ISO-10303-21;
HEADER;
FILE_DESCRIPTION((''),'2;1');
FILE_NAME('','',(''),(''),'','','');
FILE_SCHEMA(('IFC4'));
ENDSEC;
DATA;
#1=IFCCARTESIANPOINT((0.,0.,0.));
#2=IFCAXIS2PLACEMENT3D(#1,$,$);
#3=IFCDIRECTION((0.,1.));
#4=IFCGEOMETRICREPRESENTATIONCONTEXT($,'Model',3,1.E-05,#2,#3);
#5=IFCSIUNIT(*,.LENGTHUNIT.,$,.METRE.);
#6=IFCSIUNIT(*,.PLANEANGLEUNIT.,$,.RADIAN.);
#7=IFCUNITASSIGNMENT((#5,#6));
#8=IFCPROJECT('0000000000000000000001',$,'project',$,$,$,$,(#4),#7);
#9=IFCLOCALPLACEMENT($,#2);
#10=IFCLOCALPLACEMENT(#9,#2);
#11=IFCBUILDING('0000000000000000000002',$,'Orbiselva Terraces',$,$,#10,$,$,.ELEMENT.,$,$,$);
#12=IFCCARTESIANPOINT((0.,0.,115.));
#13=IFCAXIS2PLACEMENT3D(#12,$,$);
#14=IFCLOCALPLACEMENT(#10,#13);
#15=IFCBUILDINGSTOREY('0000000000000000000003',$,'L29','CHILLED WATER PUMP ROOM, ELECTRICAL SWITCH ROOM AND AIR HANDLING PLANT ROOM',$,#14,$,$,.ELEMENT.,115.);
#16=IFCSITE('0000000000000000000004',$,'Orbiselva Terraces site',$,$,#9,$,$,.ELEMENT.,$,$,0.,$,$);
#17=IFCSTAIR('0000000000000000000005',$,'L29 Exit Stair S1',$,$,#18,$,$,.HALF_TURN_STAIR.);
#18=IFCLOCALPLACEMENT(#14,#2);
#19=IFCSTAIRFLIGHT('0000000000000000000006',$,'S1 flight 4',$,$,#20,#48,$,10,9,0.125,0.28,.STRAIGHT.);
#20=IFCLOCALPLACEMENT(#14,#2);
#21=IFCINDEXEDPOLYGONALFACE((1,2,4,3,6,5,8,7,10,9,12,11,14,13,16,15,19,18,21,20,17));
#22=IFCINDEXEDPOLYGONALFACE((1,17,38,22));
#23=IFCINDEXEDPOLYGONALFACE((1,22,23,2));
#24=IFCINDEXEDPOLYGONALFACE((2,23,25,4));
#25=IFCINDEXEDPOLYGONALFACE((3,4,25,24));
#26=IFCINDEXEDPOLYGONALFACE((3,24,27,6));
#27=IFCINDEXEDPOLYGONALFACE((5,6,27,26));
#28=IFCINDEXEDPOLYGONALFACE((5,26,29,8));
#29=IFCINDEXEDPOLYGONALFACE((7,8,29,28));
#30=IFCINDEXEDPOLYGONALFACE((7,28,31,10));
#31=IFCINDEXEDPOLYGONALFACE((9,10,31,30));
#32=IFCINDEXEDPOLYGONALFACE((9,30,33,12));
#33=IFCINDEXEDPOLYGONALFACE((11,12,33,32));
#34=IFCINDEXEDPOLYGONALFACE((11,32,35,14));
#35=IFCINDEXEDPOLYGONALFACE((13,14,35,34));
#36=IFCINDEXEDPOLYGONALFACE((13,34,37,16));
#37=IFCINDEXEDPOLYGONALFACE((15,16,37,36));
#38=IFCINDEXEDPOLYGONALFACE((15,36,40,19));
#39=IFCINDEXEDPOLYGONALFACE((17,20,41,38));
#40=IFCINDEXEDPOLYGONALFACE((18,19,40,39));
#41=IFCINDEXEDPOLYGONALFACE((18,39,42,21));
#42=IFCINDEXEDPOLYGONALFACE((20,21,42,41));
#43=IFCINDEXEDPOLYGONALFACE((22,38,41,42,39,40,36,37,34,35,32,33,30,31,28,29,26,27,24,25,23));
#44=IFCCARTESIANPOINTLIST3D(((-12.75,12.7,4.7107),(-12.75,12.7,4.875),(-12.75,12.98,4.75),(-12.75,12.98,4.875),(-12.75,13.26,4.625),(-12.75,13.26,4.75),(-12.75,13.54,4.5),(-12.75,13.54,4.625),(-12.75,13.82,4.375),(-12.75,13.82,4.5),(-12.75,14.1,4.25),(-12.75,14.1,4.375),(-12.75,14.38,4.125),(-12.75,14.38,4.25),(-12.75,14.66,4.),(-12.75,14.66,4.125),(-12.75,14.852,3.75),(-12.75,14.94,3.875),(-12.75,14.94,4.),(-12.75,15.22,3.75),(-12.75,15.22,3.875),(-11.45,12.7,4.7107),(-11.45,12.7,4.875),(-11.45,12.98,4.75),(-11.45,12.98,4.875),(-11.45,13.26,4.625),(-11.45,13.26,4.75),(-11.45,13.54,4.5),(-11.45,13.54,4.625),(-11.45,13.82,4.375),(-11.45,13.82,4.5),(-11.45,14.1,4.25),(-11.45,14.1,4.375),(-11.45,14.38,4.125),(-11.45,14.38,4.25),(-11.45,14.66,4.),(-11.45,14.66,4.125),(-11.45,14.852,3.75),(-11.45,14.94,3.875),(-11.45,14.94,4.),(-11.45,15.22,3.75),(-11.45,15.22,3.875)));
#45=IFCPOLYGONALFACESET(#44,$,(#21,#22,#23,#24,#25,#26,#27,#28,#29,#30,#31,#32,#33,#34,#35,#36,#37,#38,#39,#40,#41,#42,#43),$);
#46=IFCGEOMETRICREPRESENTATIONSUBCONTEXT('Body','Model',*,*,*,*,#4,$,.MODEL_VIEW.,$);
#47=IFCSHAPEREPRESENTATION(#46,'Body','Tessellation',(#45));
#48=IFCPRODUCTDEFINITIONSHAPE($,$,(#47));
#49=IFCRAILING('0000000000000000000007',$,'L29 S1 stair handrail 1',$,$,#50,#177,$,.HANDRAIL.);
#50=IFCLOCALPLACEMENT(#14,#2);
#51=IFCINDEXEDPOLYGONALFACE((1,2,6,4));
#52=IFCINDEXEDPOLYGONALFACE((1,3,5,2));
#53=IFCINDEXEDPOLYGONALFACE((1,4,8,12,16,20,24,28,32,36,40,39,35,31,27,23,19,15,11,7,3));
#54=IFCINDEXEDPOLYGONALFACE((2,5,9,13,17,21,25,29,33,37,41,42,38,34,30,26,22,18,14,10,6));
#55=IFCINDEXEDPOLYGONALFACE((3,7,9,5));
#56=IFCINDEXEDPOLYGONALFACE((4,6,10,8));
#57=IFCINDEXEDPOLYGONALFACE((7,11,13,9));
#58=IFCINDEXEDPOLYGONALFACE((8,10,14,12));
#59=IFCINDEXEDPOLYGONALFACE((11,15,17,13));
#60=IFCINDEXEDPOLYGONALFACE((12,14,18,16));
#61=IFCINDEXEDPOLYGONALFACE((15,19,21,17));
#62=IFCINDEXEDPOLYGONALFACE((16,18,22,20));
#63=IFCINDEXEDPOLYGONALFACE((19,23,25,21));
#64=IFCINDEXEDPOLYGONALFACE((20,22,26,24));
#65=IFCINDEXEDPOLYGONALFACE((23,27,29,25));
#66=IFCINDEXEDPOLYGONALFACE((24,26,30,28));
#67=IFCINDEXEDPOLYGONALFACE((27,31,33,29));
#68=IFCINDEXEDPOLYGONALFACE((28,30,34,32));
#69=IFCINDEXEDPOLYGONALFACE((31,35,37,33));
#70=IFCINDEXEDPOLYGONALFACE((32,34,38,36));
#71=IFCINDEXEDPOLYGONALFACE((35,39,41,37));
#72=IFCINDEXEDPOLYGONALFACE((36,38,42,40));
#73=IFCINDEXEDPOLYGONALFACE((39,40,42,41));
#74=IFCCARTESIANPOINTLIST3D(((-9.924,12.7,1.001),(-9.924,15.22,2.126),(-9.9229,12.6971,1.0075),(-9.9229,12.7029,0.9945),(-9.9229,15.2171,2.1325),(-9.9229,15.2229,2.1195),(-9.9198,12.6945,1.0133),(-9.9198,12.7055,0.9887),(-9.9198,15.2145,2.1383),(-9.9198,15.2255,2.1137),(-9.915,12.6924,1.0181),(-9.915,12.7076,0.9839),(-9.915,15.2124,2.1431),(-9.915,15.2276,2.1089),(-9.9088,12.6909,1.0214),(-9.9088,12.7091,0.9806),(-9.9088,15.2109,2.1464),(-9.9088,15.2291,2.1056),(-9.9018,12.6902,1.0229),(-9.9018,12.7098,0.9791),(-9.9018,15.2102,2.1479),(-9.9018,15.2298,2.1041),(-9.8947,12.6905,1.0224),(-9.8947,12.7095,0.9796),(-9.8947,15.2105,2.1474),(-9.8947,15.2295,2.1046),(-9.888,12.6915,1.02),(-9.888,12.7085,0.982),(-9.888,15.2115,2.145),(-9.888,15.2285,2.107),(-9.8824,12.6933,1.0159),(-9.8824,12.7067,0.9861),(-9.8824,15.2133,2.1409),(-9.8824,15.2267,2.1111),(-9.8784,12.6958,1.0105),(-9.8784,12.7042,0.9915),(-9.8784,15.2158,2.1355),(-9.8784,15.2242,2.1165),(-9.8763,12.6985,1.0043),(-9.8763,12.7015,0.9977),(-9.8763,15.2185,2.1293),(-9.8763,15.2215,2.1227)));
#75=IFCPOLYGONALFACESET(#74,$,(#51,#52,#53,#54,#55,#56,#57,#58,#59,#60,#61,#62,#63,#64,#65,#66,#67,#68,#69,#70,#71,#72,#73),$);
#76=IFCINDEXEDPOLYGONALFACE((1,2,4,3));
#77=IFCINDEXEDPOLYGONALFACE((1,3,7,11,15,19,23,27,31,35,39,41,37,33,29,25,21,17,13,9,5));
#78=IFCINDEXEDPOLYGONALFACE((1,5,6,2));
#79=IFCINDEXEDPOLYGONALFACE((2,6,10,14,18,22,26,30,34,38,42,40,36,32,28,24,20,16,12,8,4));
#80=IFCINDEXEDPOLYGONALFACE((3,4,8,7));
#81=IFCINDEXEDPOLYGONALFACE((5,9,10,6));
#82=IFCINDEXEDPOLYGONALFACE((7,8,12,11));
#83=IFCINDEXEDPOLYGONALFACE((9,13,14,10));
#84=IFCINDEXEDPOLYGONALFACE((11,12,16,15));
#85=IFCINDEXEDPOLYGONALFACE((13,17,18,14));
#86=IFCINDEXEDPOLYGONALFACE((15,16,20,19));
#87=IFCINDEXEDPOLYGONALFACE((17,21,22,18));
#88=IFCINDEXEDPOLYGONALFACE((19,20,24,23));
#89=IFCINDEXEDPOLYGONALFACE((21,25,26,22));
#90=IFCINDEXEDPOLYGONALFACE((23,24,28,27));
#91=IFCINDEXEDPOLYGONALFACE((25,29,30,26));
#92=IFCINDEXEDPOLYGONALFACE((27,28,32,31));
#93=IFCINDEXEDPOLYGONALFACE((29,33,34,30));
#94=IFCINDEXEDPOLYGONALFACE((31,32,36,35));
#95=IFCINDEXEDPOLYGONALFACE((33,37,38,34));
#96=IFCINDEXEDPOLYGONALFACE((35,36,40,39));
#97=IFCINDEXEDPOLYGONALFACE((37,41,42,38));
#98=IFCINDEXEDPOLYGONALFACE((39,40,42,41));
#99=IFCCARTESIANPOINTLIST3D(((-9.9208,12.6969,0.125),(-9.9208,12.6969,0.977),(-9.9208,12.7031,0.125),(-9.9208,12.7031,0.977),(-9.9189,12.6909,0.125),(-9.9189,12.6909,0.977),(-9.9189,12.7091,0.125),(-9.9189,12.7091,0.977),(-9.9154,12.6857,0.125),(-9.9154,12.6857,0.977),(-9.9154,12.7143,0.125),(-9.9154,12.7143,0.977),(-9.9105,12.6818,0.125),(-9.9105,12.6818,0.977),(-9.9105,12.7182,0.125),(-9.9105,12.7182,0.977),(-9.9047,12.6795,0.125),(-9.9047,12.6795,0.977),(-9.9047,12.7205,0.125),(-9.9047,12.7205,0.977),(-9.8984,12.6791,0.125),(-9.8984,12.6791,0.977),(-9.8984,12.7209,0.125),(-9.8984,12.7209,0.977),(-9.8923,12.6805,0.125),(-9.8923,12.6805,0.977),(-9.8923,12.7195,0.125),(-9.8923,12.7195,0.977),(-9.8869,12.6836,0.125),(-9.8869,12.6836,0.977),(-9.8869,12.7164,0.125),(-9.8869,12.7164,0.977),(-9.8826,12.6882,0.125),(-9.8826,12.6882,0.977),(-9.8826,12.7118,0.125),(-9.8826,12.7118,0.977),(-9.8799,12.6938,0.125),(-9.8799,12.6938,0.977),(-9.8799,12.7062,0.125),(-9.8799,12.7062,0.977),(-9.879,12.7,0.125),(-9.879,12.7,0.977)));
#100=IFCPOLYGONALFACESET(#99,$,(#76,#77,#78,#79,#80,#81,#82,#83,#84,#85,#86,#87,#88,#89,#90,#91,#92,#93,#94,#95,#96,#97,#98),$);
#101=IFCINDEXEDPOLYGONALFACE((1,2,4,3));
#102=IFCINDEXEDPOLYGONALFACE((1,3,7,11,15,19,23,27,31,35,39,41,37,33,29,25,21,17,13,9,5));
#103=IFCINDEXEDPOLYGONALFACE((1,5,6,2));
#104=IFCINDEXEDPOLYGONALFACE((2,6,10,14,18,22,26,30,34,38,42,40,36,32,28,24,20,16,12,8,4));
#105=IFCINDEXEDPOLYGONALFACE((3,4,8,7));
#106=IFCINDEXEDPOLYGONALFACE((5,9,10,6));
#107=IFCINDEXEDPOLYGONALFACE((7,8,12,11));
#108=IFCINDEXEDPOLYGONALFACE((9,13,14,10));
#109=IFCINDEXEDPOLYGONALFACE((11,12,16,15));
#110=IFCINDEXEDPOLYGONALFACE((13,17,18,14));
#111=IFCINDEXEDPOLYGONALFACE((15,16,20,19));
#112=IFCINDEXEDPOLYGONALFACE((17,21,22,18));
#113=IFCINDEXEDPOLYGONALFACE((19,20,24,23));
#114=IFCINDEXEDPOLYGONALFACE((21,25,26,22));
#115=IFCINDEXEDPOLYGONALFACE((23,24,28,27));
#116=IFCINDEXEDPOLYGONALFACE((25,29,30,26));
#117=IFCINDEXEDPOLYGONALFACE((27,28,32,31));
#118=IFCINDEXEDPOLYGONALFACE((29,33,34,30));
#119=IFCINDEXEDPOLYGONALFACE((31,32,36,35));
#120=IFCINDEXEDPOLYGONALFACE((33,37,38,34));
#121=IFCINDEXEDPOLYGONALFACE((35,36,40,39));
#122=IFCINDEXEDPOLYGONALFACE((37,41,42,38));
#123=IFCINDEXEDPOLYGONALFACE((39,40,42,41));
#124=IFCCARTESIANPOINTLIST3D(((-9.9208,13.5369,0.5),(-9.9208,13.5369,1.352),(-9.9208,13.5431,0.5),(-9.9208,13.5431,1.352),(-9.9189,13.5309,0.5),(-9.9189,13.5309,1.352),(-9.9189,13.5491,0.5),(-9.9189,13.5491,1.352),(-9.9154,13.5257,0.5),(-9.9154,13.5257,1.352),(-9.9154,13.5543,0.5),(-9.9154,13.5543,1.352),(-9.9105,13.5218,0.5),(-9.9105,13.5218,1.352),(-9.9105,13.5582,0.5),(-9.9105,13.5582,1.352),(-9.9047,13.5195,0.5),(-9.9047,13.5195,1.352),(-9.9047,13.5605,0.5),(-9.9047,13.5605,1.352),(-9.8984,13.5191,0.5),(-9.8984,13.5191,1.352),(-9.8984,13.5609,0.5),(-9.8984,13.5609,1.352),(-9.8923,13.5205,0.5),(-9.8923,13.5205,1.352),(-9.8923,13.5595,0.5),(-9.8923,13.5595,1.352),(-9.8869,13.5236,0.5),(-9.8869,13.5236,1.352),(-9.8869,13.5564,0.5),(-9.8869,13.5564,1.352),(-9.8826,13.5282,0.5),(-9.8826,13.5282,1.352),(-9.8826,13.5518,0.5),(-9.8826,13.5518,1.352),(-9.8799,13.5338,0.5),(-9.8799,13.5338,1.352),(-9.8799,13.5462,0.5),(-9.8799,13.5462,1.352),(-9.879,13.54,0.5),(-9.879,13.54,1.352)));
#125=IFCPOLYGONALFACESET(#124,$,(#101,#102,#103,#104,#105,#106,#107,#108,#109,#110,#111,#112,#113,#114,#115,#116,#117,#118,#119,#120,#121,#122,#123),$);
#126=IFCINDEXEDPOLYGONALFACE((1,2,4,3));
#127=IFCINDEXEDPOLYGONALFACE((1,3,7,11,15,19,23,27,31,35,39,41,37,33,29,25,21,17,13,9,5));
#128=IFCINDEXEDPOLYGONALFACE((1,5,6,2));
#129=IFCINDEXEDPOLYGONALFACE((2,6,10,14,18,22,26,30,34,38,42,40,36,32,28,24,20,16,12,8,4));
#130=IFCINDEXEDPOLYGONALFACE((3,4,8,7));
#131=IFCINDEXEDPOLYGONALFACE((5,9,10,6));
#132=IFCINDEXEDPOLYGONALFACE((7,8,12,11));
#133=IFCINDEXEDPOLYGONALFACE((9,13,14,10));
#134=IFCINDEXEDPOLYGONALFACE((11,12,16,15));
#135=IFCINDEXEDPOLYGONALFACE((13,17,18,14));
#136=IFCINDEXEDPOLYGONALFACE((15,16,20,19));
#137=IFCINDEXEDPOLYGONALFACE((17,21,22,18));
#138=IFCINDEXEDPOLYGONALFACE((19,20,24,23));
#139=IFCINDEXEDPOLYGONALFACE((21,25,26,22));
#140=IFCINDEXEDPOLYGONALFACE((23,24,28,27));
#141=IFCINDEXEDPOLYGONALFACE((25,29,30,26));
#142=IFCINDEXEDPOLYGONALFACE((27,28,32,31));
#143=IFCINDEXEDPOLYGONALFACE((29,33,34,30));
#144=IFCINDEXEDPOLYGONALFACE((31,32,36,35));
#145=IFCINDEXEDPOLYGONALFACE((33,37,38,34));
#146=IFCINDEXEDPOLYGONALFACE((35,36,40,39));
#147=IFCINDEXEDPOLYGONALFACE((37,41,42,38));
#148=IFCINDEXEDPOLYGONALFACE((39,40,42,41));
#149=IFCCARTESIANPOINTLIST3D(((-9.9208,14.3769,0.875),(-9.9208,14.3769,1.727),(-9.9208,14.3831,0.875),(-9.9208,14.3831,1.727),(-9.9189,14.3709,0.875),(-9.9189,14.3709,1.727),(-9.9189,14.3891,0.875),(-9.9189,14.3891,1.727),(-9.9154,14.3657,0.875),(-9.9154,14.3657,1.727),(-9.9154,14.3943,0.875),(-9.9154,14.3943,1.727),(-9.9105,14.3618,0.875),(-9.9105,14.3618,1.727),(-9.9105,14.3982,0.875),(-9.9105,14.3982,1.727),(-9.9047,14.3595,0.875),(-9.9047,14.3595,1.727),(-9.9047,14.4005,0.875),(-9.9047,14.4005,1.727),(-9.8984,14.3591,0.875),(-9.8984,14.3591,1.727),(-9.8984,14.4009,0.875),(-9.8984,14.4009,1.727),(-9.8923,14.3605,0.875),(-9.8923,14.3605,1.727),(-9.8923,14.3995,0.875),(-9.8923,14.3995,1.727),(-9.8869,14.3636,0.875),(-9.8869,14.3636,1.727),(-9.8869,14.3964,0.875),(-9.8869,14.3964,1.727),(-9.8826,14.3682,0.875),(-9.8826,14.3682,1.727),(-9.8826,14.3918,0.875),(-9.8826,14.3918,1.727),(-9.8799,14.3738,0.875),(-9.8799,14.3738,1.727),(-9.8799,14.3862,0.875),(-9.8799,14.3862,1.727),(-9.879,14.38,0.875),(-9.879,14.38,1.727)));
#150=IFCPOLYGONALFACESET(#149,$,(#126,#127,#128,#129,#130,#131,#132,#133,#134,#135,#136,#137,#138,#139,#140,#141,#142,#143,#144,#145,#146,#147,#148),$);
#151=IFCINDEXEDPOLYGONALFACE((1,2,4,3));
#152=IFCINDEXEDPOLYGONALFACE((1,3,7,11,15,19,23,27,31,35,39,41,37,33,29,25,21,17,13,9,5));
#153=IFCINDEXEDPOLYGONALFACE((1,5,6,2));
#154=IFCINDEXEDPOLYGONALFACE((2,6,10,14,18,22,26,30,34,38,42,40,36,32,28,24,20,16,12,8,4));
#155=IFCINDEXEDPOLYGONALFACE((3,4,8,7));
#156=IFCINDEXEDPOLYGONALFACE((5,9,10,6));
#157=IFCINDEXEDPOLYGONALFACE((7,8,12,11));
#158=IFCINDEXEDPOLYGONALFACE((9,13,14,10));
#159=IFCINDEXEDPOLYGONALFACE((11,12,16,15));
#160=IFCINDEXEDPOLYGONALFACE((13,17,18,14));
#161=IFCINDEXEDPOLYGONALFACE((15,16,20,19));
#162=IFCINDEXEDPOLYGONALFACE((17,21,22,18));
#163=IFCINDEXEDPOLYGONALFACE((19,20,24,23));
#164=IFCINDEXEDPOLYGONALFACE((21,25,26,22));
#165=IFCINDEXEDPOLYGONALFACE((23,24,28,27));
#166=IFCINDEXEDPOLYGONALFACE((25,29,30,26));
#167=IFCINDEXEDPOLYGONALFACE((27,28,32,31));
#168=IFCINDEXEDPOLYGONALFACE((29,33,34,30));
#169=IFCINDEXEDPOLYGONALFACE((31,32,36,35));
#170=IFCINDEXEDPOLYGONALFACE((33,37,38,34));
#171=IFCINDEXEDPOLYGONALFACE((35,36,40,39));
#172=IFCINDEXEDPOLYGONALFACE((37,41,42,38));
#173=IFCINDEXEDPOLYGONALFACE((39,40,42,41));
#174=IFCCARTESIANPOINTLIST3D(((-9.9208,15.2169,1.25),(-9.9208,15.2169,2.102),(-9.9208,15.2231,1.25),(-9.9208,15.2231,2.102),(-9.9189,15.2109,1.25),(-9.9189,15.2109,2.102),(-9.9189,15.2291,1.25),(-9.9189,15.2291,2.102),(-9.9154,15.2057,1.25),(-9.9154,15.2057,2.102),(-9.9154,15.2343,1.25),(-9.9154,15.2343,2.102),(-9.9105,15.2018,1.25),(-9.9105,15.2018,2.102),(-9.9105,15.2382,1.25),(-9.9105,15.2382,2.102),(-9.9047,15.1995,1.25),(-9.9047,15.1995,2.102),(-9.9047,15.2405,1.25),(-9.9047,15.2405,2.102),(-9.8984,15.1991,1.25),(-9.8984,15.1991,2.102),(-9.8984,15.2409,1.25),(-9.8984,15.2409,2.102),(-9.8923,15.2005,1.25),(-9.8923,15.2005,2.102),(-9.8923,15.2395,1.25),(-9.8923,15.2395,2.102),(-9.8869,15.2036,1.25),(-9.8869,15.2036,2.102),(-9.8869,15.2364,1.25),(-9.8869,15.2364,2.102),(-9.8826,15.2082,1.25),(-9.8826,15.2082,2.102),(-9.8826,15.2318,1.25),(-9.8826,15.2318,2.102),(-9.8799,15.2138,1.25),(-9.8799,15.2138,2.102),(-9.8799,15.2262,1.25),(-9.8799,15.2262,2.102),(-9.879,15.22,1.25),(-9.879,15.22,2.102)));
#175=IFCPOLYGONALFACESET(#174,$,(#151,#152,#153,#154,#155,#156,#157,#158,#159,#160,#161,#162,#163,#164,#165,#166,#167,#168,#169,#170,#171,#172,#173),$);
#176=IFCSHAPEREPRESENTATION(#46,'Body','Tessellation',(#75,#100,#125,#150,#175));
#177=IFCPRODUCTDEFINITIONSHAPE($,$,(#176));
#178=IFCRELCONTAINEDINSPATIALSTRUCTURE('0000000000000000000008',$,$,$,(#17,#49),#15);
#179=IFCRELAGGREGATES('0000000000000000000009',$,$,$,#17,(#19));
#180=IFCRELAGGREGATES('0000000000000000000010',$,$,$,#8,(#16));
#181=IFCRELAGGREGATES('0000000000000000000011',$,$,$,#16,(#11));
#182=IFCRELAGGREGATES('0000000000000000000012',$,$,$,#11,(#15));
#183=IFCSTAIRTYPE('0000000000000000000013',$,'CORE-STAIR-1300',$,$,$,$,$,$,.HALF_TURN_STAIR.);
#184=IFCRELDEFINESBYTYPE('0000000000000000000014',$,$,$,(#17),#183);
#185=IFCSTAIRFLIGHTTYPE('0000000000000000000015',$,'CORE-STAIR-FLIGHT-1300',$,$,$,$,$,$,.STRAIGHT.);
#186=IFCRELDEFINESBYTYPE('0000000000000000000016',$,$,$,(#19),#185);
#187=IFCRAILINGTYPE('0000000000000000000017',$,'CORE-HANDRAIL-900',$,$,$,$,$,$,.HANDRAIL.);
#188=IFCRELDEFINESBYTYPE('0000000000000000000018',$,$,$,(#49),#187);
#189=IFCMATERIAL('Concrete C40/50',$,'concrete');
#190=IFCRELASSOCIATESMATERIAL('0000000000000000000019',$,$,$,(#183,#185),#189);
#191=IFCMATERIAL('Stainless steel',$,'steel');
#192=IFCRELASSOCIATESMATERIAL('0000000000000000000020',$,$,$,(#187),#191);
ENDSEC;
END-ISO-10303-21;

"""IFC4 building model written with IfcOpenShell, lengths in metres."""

from ifc_helpers import new_model, si_unit, direction, frame, origin, origin_2d, place, context, subcontext, project, spatial, polyline, circle, outline, extrude, material, type_object, element, aggregate, save


model = new_model("IFC4")

# Units and contexts
model_context = context("Model", 3, precision=1e-05, world=origin(), true_north=direction((0.0, 1.0)))
body_context = subcontext(model_context, "Body", "Model", "MODEL_VIEW")
ifc_project = project(units=[si_unit("LENGTHUNIT", "METRE"), si_unit("PLANEANGLEUNIT", "RADIAN")], contexts=[model_context])

# Site, building, storey
site_placement = place(None, origin())
site = spatial("IfcSite", under=ifc_project, at=site_placement, Name="Orbiselva Terraces site", CompositionType="ELEMENT", RefElevation=0.0)
building_placement = place(site_placement, origin())
building = spatial("IfcBuilding", under=site, at=building_placement, Name="Orbiselva Terraces", CompositionType="ELEMENT")
storey_placement = place(building_placement, frame((0.0, 0.0, 115.0)))
storey = spatial("IfcBuildingStorey", under=building, at=storey_placement, Name="L29", Description="CHILLED WATER PUMP ROOM, ELECTRICAL SWITCH ROOM AND AIR HANDLING PLANT ROOM", CompositionType="ELEMENT", Elevation=115.0)

# Shared definitions
ifc_material_1 = material(Name="Concrete C40/50", Category="concrete")

# Stair, stair flight
stair_type = type_object("IfcStairType", Name="CORE-STAIR-1300", PredefinedType="HALF_TURN_STAIR", material=ifc_material_1)
stair_placement = place(storey_placement, origin())
stair = element("IfcStair", 1, at=stair_placement, inside=storey, type_object=stair_type, Name="L29 Exit Stair S1", PredefinedType="HALF_TURN_STAIR")
stair_flight_type = type_object("IfcStairFlightType", Name="CORE-STAIR-FLIGHT-1300", PredefinedType="STRAIGHT", material=ifc_material_1)
stair_flight_1_placement = place(storey_placement, frame((-12.1, 15.22, 3.75), z_axis=(0.0, 0.0, 1.0), x_axis=(0.0, -1.0, 0.0)))
stair_flight_1 = element("IfcStairFlight", 2, at=stair_flight_1_placement, type_object=stair_flight_type, Name="S1 flight 4", NumberOfRisers=10, NumberOfTreads=9, PredefinedType="STRAIGHT", RiserHeight=0.125, TreadLength=0.28, context=body_context, shape_type="SweptSolid", body=[
    extrude(outline(polyline([(0.0, 0.0), (0.0, 0.125), (0.28, 0.125), (0.28, 0.25), (0.56, 0.25), (0.56, 0.375), (0.84, 0.375), (0.84, 0.5), (1.12, 0.5), (1.12, 0.625), (1.4, 0.625), (1.4, 0.75), (1.68, 0.75), (1.68, 0.875), (1.96, 0.875), (1.96, 1.0), (2.24, 1.0), (2.24, 1.125), (2.52, 1.125), (2.52, 1.25), (2.52, 0.9607), (0.368, 0.0), (0.0, 0.0)])), frame((0.0, 0.65, 0.0), z_axis=(0.0, -1.0, 0.0), x_axis=(1.0, 0.0, 0.0)), (0.0, 0.0, 1.0), 1.3),
])
aggregate(stair, [stair_flight_1])

# Railing
ifc_material_2 = material(Name="Stainless steel", Category="steel")
railing_type = type_object("IfcRailingType", Name="CORE-HANDRAIL-900", PredefinedType="HANDRAIL", material=ifc_material_2)
railing_1_placement = place(storey_placement, frame((-9.9, 12.7, 0.125)))
element("IfcRailing", 3, at=railing_1_placement, inside=storey, type_object=railing_type, Name="L29 S1 stair handrail 1", PredefinedType="HANDRAIL", context=body_context, shape_type="SweptSolid", body=[
    extrude(circle(Radius=0.024, at=origin_2d()), frame((0.0, 0.0, 0.876), z_axis=(0.0, 0.913138, 0.407651), x_axis=(-1.0, 0.0, 0.0)), (0.0, 0.0, 1.0), 2.7597),
    extrude(circle(Radius=0.021, at=origin_2d()), origin(), (0.0, 0.0, 1.0), 0.852),
    extrude(circle(Radius=0.021, at=origin_2d()), frame((0.0, 0.84, 0.375)), (0.0, 0.0, 1.0), 0.852),
    extrude(circle(Radius=0.021, at=origin_2d()), frame((0.0, 1.68, 0.75)), (0.0, 0.0, 1.0), 0.852),
    extrude(circle(Radius=0.021, at=origin_2d()), frame((0.0, 2.52, 1.125)), (0.0, 0.0, 1.0), 0.852),
])

save(model, "model.ifc")
